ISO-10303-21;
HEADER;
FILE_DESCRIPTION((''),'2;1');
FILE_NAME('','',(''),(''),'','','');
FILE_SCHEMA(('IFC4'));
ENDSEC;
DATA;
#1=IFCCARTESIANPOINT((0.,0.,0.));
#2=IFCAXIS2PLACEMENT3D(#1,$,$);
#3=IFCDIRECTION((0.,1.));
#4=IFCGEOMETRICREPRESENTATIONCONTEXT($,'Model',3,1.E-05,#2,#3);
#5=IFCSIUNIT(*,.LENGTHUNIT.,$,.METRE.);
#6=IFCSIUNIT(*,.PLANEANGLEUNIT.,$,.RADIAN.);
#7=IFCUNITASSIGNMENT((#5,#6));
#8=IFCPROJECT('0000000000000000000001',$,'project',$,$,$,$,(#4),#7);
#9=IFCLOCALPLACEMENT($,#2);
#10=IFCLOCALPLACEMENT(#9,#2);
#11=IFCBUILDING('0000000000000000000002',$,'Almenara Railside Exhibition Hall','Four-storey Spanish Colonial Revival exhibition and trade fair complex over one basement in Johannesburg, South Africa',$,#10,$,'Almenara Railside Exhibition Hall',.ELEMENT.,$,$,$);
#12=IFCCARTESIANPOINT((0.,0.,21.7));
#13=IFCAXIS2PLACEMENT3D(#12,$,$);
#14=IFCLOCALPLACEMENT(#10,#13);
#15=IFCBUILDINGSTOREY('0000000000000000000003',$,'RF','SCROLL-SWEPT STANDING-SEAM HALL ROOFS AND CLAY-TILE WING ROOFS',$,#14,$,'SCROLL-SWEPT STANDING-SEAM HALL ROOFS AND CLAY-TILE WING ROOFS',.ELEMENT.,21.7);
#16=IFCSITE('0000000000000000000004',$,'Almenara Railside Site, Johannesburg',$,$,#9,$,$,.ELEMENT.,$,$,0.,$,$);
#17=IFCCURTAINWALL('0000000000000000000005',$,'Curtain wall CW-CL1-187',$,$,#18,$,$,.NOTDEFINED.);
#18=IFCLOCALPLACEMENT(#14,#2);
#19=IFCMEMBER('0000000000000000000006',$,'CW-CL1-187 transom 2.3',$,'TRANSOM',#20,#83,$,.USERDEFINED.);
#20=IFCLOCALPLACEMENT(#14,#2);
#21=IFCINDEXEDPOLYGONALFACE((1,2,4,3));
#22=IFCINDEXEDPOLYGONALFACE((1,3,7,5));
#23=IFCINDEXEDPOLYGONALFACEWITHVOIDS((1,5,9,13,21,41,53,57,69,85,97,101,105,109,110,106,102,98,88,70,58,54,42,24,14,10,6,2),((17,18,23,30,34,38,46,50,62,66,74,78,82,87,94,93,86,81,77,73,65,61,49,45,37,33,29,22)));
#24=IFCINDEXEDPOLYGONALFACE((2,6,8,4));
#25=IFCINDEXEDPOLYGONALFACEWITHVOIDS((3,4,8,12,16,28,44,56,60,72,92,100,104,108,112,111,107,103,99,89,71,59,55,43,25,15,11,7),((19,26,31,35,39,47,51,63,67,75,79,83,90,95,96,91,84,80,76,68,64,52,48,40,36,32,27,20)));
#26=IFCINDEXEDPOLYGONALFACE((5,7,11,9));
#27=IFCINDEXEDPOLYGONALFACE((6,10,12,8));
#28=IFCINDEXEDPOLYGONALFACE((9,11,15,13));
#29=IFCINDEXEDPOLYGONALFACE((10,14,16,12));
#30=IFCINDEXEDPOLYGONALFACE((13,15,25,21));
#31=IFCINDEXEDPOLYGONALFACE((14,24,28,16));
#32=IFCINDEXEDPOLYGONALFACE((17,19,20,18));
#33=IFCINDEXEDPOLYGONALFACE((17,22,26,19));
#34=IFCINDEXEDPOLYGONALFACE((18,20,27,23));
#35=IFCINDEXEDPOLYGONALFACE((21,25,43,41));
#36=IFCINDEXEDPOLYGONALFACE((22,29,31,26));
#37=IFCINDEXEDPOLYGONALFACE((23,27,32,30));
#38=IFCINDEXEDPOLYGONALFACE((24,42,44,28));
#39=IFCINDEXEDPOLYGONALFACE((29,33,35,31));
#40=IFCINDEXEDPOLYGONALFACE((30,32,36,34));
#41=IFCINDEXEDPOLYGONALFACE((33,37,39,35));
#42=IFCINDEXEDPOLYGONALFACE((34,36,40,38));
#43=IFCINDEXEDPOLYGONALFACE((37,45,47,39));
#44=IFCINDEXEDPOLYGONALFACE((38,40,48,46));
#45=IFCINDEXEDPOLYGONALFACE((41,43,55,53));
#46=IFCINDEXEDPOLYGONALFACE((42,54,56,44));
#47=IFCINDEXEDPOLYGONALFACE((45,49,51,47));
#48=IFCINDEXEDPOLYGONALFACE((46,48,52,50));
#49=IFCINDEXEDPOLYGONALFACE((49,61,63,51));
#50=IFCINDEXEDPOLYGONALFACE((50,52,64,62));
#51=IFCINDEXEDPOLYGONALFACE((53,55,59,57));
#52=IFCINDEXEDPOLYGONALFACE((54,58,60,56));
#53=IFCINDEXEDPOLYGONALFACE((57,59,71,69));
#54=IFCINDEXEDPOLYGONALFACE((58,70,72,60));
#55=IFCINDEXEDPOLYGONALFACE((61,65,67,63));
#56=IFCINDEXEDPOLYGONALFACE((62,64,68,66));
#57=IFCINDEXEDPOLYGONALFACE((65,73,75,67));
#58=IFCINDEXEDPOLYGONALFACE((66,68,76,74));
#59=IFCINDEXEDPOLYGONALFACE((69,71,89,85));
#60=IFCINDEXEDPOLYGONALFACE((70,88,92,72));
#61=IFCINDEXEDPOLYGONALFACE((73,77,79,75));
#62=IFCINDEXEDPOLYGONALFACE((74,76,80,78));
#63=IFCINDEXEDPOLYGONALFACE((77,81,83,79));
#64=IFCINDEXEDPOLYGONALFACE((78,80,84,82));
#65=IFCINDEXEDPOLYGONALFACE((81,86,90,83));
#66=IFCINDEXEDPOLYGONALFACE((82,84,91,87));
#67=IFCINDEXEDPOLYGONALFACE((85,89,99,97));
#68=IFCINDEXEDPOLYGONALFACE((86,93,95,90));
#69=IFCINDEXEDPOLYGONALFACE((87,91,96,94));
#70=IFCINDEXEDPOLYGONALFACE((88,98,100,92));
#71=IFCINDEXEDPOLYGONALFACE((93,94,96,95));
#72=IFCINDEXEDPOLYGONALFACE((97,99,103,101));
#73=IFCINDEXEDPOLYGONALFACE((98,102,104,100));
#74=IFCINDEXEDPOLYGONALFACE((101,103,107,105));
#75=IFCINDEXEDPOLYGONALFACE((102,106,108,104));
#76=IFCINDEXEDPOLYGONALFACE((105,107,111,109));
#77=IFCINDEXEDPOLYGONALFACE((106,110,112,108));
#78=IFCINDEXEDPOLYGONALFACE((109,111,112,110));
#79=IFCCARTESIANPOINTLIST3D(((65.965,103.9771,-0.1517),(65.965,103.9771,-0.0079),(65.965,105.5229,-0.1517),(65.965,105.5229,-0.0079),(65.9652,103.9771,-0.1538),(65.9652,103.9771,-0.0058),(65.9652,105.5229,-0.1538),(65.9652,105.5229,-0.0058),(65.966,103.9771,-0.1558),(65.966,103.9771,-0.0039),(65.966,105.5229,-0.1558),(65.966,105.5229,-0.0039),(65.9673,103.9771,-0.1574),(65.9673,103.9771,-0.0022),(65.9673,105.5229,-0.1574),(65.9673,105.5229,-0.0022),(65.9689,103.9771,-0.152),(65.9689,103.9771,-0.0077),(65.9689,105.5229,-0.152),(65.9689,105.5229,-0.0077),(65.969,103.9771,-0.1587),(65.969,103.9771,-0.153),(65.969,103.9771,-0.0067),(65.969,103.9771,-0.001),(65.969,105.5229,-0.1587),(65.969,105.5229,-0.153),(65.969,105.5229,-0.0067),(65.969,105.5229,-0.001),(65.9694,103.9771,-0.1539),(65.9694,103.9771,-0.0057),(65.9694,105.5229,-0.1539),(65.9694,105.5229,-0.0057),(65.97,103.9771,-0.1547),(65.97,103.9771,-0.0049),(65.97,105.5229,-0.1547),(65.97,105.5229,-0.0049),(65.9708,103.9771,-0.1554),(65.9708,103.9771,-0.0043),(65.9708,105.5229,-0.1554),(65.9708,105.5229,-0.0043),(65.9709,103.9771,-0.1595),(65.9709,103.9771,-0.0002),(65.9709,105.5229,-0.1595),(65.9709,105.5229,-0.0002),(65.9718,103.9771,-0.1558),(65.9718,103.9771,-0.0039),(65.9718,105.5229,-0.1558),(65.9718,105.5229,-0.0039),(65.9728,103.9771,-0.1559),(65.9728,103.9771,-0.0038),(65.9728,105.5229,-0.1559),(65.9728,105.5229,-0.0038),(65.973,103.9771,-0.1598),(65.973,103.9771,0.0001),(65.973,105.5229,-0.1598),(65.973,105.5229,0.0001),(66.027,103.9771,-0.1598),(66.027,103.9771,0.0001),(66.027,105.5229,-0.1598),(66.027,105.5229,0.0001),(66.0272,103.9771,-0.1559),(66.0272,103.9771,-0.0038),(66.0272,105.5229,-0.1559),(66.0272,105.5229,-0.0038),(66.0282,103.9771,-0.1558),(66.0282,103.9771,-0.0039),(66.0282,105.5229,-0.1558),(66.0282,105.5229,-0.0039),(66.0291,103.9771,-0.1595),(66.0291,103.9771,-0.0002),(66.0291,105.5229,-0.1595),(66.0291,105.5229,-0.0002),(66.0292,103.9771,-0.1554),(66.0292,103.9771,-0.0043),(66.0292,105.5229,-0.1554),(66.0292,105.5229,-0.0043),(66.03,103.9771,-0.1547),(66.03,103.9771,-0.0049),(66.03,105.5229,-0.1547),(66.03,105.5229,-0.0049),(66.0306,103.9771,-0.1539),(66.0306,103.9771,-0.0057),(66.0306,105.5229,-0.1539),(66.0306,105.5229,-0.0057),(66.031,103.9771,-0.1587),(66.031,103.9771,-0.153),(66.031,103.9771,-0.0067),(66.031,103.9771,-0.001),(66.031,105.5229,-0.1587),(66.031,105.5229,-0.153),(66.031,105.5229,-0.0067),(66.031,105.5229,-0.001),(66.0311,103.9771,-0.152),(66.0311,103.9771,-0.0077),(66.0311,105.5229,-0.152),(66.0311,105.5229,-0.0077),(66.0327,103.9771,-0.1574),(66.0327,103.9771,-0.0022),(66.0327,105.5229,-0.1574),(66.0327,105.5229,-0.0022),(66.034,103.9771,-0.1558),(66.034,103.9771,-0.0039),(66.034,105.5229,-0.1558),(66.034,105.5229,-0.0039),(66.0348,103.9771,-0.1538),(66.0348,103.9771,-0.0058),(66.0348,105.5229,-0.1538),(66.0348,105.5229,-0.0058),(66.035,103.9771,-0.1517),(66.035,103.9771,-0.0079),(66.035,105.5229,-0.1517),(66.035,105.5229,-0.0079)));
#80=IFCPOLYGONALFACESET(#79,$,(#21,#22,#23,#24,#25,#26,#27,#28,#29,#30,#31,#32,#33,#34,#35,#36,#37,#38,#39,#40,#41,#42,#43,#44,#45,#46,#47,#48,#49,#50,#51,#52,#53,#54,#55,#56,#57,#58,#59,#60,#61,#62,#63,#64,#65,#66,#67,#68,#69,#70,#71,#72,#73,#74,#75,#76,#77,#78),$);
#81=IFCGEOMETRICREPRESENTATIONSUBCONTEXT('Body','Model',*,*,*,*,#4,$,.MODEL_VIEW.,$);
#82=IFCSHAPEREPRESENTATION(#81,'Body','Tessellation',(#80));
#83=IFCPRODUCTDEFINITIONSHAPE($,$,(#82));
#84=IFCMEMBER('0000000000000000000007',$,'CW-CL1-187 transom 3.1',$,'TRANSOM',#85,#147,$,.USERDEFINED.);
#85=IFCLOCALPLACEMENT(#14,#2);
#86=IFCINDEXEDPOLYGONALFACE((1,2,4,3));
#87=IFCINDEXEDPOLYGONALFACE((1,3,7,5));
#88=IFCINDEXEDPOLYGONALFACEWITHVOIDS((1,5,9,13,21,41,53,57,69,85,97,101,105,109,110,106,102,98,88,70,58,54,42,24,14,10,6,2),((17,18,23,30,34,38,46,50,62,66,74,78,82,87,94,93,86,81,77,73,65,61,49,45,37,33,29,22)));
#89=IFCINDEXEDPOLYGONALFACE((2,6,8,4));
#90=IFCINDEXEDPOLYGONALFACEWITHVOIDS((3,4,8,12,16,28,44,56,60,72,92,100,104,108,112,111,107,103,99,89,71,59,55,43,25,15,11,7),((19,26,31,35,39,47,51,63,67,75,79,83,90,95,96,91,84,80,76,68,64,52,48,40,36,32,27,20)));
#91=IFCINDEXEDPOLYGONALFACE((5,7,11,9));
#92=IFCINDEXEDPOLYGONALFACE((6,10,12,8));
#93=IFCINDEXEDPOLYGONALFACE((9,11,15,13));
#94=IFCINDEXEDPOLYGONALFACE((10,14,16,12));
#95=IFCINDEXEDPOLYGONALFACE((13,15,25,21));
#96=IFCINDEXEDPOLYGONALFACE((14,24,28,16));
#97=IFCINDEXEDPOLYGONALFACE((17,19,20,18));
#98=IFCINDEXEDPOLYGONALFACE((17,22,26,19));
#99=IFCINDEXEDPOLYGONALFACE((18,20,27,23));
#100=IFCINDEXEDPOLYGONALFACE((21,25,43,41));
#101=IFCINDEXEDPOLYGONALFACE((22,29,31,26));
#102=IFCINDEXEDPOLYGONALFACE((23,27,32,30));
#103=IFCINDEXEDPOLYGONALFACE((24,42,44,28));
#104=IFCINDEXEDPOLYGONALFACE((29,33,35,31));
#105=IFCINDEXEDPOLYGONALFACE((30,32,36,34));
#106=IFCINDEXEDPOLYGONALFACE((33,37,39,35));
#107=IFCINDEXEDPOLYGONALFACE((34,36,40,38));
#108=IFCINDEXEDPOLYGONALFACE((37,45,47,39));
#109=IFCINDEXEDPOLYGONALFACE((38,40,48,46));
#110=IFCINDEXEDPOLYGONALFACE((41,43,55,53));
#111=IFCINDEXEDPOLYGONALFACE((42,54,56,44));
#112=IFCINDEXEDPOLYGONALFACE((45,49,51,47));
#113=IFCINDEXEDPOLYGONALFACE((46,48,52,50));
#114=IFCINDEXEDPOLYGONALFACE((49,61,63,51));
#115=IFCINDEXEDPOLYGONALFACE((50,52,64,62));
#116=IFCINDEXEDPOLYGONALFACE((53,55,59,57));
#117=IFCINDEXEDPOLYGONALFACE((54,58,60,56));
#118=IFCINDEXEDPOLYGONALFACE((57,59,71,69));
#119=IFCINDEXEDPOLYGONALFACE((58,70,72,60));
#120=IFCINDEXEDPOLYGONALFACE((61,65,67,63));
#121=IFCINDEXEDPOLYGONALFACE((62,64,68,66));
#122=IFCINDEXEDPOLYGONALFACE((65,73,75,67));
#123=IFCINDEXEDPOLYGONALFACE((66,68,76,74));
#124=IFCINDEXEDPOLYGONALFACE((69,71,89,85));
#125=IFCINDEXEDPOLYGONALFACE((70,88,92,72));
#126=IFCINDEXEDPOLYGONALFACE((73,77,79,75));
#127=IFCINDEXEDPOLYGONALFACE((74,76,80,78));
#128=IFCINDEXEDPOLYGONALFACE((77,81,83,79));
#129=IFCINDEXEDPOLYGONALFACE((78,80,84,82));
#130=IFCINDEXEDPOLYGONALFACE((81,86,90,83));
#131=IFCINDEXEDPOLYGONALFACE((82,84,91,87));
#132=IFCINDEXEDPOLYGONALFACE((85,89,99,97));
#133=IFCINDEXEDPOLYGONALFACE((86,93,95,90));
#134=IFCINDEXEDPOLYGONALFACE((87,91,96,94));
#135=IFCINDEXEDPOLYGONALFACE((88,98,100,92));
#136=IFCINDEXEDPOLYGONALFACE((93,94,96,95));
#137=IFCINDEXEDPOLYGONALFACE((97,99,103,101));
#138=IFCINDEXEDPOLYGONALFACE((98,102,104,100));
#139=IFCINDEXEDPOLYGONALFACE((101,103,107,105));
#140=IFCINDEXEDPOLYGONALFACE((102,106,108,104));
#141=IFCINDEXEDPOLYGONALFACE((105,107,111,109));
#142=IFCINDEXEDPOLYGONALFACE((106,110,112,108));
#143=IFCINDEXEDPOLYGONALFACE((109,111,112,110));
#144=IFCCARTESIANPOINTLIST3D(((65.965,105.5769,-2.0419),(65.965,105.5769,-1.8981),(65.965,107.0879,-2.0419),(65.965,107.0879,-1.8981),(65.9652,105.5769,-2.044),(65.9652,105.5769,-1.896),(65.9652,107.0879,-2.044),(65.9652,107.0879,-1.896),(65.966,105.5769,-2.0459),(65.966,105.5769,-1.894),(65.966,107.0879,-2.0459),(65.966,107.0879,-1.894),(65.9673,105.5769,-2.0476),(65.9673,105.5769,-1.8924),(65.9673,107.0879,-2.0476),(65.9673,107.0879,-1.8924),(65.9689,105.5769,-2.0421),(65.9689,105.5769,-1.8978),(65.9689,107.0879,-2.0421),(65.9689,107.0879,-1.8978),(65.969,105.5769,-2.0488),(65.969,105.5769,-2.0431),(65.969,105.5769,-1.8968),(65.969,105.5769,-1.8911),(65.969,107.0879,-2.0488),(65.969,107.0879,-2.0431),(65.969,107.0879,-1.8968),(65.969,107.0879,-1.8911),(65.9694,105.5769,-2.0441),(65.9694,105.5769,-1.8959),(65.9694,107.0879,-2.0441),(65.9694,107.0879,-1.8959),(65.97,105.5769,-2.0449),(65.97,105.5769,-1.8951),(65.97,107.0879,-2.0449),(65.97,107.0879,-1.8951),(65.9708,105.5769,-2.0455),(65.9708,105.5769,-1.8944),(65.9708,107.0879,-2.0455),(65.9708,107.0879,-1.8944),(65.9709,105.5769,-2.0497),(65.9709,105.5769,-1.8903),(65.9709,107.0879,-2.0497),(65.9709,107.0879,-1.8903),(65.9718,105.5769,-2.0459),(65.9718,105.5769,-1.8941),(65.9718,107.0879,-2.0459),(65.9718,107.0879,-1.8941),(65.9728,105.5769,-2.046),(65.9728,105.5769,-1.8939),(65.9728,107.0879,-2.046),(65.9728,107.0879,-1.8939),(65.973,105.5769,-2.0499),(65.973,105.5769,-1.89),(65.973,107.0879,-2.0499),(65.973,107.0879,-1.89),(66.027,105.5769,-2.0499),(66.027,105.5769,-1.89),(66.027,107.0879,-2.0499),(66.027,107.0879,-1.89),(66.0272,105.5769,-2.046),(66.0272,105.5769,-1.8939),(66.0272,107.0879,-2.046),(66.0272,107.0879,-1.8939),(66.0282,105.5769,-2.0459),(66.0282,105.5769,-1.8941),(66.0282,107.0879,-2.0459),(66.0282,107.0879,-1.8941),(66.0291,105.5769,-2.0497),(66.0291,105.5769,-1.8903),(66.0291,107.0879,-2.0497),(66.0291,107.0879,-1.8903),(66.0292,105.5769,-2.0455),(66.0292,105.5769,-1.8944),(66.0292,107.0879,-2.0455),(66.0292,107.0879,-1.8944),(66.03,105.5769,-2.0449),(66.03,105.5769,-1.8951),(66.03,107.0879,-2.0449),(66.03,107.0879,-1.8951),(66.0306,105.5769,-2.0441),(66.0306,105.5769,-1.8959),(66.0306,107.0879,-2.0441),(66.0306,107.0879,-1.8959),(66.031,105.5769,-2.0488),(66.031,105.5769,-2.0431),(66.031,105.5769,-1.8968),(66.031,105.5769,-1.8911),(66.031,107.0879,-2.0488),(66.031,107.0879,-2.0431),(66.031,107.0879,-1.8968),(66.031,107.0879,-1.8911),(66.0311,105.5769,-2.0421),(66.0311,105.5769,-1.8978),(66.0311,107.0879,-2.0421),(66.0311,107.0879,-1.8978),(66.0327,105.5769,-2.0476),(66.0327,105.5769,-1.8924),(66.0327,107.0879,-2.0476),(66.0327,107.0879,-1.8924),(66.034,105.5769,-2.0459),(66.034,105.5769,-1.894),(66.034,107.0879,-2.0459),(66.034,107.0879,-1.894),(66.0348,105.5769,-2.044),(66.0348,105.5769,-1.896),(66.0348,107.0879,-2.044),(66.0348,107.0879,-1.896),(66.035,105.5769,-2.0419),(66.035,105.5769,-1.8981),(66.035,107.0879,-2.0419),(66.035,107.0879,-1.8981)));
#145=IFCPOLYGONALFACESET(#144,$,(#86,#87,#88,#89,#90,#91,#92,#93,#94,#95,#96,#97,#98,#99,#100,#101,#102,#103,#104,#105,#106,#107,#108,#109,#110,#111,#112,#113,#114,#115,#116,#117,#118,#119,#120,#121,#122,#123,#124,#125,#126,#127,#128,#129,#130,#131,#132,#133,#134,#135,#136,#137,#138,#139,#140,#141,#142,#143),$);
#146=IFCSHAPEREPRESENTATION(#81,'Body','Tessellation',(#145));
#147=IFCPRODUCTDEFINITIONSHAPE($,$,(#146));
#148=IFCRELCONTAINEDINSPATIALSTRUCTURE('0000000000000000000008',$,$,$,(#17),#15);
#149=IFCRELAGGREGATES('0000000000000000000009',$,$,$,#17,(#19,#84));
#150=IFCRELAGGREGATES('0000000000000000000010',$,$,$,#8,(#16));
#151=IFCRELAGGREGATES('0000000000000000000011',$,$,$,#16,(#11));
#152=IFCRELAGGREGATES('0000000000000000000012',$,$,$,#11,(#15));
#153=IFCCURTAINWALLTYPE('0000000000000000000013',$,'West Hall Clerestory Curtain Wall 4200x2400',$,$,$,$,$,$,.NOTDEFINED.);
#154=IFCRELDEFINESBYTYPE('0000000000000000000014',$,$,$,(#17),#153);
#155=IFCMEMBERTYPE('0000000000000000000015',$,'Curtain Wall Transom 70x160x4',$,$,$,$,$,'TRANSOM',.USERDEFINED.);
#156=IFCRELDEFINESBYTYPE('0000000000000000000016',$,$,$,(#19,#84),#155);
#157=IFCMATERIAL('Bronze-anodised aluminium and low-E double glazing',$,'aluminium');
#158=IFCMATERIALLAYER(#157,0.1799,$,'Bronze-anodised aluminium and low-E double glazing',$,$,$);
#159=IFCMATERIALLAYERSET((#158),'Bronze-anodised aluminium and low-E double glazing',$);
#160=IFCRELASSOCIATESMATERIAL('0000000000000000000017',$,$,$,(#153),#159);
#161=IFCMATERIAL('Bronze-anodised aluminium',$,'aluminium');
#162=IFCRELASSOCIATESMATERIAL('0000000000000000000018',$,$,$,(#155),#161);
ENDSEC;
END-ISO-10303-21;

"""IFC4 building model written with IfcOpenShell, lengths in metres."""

from ifc_helpers import new_model, si_unit, direction, frame, origin, origin_2d, place, context, subcontext, project, spatial, hollow_rectangle, extrude, material, layer, layer_set, material_profile, profile_set, type_object, element, aggregate, save


model = new_model("IFC4")

# Units and contexts
model_context = context("Model", 3, precision=1e-05, world=origin(), true_north=direction((0.0, 1.0)))
body_context = subcontext(model_context, "Body", "Model", "MODEL_VIEW")
ifc_project = project(units=[si_unit("LENGTHUNIT", "METRE"), si_unit("PLANEANGLEUNIT", "RADIAN")], contexts=[model_context])

# Site, building, storey
site_placement = place(None, origin())
site = spatial("IfcSite", under=ifc_project, at=site_placement, Name="Almenara Railside Site, Johannesburg", CompositionType="ELEMENT", RefElevation=0.0)
building_placement = place(site_placement, origin())
building = spatial("IfcBuilding", under=site, at=building_placement, Name="Almenara Railside Exhibition Hall", Description="Four-storey Spanish Colonial Revival exhibition and trade fair complex over one basement in Johannesburg, South Africa", LongName="Almenara Railside Exhibition Hall", CompositionType="ELEMENT")
storey_placement = place(building_placement, frame((0.0, 0.0, 21.7)))
storey = spatial("IfcBuildingStorey", under=building, at=storey_placement, Name="RF", Description="SCROLL-SWEPT STANDING-SEAM HALL ROOFS AND CLAY-TILE WING ROOFS", LongName="SCROLL-SWEPT STANDING-SEAM HALL ROOFS AND CLAY-TILE WING ROOFS", CompositionType="ELEMENT", Elevation=21.7)

# Curtain wall
ifc_material_1 = material(Name="Bronze-anodised aluminium and low-E double glazing", Category="aluminium")
ifc_layer_1 = layer(ifc_material_1, 0.1799, Name="Bronze-anodised aluminium and low-E double glazing")
ifc_layer_set_1 = layer_set([ifc_layer_1], Name="Bronze-anodised aluminium and low-E double glazing")
curtain_wall_type = type_object("IfcCurtainWallType", Name="West Hall Clerestory Curtain Wall 4200x2400", PredefinedType="NOTDEFINED", material=ifc_layer_set_1)
ifc_material_2 = material(Name="Bronze-anodised aluminium", Category="aluminium")
curtain_wall_1_placement = place(storey_placement, origin())
curtain_wall_1 = element("IfcCurtainWall", 1, at=curtain_wall_1_placement, inside=storey, type_object=curtain_wall_type, Name="Curtain wall CW-CL1-187", PredefinedType="NOTDEFINED")

# Members
ifc_material_profile_1 = material_profile(ifc_material_2, hollow_rectangle(XDim=0.0701, YDim=0.1599, WallThickness=0.0039, InnerFilletRadius=0.0039, OuterFilletRadius=0.0081, at=origin_2d()), Name="ALU-TRN 70x160x4")
ifc_profile_set_1 = profile_set([ifc_material_profile_1], Name="Bronze-anodised aluminium")
member_type_1 = type_object("IfcMemberType", Name="Curtain Wall Transom 70x160x4", ElementType="TRANSOM", PredefinedType="USERDEFINED", material=ifc_profile_set_1)
member_1_placement = place(storey_placement, frame((66.0, 103.9771, -0.0798), z_axis=(0.0, 1.0, 0.0), x_axis=(-1.0, 0.0, 0.0)))
member_1 = element("IfcMember", 2, at=member_1_placement, type_object=member_type_1, Name="CW-CL1-187 transom 2.3", ObjectType="TRANSOM", PredefinedType="USERDEFINED", context=body_context, shape_type="SweptSolid", body=[
    extrude(hollow_rectangle(XDim=0.0701, YDim=0.1599, WallThickness=0.0039, InnerFilletRadius=0.0039, OuterFilletRadius=0.0081, at=origin_2d()), origin(), (0.0, 0.0, 1.0), 1.5459),
])
member_2_placement = place(storey_placement, frame((66.0, 105.5769, -1.97), z_axis=(0.0, 1.0, 0.0), x_axis=(-1.0, 0.0, 0.0)))
member_2 = element("IfcMember", 3, at=member_2_placement, type_object=member_type_1, Name="CW-CL1-187 transom 3.1", ObjectType="TRANSOM", PredefinedType="USERDEFINED", context=body_context, shape_type="SweptSolid", body=[
    extrude(hollow_rectangle(XDim=0.0701, YDim=0.1599, WallThickness=0.0039, InnerFilletRadius=0.0039, OuterFilletRadius=0.0081, at=origin_2d()), origin(), (0.0, 0.0, 1.0), 1.511),
])

aggregate(curtain_wall_1, [member_1, member_2])

save(model, "model.ifc")
